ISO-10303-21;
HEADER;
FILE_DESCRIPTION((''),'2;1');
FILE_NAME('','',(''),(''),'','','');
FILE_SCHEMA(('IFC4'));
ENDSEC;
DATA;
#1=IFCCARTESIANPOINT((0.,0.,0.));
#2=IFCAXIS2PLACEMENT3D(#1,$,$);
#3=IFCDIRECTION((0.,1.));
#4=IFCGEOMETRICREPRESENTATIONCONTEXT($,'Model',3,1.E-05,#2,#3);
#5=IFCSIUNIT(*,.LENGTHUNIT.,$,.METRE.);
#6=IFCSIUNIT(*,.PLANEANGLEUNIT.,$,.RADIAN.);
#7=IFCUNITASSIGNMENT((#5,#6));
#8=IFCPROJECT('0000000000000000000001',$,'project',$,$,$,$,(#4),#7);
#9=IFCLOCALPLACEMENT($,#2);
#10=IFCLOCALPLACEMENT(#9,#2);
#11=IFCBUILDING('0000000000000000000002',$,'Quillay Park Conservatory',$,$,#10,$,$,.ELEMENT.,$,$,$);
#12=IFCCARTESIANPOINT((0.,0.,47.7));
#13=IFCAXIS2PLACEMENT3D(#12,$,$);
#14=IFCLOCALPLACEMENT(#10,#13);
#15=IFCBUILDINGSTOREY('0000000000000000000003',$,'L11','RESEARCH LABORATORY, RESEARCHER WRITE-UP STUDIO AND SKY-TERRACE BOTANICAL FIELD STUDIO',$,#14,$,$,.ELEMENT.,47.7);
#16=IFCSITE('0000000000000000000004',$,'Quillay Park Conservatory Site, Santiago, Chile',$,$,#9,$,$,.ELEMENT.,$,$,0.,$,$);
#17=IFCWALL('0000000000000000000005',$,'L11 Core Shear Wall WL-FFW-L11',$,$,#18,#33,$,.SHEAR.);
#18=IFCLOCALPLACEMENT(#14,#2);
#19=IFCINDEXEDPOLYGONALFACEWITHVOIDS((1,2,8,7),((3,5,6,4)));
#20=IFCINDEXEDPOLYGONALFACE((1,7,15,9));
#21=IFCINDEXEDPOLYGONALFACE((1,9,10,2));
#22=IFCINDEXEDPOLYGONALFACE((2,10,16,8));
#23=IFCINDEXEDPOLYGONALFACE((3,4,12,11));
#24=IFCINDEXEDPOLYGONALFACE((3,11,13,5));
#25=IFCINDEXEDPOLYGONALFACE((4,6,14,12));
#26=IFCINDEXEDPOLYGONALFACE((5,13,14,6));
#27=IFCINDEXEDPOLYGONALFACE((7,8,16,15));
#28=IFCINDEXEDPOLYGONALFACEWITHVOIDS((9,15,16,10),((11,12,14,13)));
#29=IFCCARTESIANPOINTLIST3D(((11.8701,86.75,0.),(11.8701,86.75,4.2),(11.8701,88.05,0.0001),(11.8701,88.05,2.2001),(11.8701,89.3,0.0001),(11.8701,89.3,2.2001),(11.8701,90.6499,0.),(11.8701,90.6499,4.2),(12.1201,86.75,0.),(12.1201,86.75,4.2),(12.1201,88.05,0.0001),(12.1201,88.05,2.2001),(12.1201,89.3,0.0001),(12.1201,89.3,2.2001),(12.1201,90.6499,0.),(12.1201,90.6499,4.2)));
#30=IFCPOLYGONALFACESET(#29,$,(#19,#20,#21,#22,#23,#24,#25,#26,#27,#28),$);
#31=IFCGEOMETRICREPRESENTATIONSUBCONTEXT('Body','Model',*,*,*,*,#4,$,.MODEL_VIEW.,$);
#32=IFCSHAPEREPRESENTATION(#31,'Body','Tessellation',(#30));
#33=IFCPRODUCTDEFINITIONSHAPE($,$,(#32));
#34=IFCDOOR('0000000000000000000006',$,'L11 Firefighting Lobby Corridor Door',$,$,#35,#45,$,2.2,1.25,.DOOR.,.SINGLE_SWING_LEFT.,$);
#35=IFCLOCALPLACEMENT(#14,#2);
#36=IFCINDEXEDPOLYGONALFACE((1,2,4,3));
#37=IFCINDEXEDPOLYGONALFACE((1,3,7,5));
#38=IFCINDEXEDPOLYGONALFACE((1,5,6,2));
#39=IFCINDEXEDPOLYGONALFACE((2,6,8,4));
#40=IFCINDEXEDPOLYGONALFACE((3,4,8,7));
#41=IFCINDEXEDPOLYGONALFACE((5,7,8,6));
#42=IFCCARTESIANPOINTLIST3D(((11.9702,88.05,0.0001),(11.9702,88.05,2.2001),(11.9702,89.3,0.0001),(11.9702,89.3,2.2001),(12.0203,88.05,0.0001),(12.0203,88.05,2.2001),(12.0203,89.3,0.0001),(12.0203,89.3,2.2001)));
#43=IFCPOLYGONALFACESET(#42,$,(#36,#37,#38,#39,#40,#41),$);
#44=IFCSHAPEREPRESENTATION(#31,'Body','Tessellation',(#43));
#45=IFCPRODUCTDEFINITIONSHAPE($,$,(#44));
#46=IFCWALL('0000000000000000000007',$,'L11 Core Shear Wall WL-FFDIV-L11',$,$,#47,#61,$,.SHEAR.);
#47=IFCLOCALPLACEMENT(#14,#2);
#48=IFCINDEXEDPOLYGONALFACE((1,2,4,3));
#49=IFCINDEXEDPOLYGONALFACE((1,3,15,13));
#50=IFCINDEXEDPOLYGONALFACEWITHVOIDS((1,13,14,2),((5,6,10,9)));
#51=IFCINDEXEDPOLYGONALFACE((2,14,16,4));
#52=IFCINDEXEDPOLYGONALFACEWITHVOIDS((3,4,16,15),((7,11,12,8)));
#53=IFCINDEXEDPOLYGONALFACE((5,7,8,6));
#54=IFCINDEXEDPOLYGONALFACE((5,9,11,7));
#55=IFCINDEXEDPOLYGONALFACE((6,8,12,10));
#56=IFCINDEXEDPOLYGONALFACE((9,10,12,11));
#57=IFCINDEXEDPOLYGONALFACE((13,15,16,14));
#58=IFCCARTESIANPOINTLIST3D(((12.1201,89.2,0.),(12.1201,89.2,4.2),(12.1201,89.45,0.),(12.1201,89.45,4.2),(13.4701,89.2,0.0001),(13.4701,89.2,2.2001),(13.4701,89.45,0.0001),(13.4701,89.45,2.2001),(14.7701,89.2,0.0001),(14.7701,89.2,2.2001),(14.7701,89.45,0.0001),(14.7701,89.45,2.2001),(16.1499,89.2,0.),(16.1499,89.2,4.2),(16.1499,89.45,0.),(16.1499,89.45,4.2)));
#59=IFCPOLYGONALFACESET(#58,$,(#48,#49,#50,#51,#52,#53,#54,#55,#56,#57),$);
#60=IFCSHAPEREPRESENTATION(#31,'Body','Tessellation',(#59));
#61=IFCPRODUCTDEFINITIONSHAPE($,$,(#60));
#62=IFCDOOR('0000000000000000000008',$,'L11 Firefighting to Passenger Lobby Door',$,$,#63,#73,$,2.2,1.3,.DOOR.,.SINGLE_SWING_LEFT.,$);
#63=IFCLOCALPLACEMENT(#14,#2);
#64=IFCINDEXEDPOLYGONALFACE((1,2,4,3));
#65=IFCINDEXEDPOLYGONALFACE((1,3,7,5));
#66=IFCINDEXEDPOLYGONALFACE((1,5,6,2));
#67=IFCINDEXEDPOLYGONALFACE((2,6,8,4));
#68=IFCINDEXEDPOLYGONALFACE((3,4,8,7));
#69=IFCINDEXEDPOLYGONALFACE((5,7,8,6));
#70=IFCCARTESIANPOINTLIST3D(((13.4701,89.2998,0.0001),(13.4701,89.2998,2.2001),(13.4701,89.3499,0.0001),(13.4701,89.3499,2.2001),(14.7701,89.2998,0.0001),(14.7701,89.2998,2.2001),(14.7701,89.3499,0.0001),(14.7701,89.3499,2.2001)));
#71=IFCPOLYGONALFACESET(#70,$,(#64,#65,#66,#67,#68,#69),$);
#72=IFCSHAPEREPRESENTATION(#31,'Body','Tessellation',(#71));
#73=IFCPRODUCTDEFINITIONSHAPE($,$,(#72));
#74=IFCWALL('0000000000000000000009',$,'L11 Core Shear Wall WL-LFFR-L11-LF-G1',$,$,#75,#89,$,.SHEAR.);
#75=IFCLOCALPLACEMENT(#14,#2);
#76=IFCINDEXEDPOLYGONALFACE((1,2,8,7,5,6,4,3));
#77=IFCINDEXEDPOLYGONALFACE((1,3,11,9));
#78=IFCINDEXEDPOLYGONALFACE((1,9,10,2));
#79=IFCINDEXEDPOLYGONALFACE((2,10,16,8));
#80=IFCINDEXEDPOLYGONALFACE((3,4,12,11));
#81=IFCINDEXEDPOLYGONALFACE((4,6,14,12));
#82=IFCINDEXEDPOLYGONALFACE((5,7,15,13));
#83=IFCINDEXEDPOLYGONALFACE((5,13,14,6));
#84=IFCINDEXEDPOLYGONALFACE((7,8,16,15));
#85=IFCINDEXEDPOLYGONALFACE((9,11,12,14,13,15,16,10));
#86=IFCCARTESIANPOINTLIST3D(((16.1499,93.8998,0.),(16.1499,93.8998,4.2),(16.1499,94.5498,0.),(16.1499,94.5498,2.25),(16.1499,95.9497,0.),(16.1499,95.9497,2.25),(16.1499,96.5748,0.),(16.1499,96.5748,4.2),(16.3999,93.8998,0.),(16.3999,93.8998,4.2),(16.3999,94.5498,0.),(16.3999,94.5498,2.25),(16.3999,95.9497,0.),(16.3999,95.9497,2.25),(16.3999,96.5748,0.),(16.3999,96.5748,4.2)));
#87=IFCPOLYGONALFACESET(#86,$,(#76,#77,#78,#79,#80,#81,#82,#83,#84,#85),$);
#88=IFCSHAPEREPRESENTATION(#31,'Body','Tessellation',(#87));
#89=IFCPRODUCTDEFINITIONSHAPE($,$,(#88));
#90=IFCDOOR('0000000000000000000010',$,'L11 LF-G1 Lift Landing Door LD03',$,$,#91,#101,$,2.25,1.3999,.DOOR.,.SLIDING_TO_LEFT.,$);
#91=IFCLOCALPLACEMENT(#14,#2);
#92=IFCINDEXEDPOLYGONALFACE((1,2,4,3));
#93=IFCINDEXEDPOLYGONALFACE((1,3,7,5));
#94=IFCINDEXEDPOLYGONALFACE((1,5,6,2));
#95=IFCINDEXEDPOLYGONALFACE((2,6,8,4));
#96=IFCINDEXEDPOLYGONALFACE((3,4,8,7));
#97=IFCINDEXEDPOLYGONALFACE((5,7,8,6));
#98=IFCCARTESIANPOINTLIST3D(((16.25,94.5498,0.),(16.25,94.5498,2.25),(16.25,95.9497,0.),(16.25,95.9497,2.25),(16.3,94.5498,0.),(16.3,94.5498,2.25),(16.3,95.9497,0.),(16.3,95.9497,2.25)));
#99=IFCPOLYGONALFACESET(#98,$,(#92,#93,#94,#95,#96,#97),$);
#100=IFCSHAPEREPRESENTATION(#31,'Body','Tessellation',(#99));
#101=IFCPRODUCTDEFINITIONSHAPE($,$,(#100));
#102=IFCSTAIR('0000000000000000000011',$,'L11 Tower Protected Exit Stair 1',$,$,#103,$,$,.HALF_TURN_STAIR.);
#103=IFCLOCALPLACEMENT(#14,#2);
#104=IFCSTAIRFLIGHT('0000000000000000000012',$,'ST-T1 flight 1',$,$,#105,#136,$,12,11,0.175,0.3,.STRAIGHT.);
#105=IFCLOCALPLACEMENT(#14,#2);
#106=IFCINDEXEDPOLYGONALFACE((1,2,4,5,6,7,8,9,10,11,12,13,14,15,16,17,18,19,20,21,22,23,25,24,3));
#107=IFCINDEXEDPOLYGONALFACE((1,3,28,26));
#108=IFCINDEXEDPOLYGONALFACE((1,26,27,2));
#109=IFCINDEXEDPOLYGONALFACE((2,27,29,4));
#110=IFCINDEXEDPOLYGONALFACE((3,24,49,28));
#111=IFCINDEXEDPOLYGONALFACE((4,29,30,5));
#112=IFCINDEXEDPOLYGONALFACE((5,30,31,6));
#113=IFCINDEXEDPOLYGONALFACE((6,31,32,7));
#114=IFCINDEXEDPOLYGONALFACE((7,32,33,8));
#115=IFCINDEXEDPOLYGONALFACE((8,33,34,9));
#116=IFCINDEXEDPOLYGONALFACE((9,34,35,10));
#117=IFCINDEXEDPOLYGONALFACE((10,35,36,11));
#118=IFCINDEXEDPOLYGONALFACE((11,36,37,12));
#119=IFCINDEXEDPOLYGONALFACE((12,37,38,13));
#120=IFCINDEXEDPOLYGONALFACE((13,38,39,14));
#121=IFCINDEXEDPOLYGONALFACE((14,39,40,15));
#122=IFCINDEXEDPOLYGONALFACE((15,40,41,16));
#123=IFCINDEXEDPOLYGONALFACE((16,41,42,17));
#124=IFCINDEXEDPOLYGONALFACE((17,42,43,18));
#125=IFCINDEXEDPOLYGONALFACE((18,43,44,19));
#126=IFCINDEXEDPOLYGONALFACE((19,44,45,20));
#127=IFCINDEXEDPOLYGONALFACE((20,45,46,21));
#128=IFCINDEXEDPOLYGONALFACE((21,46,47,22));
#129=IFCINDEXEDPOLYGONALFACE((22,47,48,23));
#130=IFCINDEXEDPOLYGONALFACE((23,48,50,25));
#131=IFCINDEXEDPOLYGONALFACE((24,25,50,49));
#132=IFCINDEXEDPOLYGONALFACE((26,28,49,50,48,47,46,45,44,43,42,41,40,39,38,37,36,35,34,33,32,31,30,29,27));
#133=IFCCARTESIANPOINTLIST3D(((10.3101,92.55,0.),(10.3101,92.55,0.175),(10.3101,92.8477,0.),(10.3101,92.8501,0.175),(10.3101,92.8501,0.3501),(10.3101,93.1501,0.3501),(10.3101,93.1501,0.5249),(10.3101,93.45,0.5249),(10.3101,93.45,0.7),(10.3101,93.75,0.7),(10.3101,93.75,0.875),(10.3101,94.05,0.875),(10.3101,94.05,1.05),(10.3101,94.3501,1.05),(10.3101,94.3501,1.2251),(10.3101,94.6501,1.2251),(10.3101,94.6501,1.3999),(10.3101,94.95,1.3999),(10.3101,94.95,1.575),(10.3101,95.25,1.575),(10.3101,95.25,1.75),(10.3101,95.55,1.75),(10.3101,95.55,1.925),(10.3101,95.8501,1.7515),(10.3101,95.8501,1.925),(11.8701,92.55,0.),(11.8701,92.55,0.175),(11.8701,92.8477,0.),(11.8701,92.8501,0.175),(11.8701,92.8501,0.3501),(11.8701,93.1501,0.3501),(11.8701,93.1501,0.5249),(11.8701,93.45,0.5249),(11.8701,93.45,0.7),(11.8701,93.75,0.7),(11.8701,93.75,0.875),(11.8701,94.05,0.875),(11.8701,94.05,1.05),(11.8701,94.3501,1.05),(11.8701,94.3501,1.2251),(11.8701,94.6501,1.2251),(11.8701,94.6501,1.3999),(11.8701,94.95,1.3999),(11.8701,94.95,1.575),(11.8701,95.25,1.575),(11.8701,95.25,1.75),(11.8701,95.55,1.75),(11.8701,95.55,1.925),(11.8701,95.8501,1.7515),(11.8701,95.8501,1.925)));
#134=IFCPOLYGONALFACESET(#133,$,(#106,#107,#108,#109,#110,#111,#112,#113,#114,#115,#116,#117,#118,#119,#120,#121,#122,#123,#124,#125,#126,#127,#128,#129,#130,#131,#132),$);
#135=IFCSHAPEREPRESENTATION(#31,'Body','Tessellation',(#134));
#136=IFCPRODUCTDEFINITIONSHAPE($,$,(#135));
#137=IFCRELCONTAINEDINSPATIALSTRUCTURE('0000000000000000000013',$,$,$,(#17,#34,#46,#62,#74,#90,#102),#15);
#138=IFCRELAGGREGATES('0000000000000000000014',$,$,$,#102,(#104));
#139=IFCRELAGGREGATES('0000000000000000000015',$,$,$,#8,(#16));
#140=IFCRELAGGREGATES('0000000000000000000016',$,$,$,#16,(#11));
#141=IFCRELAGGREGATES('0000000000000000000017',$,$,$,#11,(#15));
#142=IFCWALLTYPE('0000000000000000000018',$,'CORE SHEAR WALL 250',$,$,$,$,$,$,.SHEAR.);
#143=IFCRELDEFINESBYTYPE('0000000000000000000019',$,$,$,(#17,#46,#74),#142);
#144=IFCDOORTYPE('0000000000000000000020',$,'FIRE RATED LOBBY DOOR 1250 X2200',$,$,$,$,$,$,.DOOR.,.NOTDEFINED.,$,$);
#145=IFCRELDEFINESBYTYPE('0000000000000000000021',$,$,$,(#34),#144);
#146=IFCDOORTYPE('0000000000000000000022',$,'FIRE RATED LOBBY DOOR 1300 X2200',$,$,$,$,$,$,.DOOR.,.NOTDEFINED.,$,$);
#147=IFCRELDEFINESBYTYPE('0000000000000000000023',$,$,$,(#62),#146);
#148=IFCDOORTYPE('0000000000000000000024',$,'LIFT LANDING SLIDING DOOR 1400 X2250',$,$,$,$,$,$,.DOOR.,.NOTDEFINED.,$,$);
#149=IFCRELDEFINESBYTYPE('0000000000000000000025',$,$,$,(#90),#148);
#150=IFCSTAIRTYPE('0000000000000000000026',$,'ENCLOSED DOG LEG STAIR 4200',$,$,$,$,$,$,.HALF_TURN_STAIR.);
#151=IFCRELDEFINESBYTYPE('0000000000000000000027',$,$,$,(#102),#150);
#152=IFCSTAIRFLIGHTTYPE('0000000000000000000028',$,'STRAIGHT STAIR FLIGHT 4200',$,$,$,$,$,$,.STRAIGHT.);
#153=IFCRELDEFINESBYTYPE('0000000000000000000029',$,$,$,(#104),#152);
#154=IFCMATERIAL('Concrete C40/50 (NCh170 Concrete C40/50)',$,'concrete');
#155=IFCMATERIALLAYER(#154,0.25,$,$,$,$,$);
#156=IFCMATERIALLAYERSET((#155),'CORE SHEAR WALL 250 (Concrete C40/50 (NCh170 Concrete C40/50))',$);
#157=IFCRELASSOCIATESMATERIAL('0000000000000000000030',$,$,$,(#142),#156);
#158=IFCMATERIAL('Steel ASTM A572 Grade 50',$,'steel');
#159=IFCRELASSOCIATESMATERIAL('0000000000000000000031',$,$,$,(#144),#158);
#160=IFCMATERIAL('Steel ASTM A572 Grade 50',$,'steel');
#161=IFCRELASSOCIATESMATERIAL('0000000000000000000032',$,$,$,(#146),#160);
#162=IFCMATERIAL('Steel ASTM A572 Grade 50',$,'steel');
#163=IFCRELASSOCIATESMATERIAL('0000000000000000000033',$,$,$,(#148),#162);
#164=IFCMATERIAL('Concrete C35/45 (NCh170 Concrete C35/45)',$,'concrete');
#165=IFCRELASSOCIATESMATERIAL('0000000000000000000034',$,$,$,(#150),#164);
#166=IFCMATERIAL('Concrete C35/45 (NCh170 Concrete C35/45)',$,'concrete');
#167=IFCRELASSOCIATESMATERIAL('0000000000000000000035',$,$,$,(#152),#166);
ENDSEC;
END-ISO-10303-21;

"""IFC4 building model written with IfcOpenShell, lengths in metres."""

from ifc_helpers import new_model, si_unit, direction, frame, frame_2d, origin, place, context, subcontext, project, spatial, polyline, rectangle, outline, extrude, material, layer, layer_set, type_object, element, fill, aggregate, save


model = new_model("IFC4")

# Units and contexts
model_context = context("Model", 3, precision=1e-05, world=origin(), true_north=direction((0.0, 1.0)))
body_context = subcontext(model_context, "Body", "Model", "MODEL_VIEW")
ifc_project = project(units=[si_unit("LENGTHUNIT", "METRE"), si_unit("PLANEANGLEUNIT", "RADIAN")], contexts=[model_context])

# Site, building, storey
site_placement = place(None, origin())
site = spatial("IfcSite", under=ifc_project, at=site_placement, Name="Quillay Park Conservatory Site, Santiago, Chile", CompositionType="ELEMENT", RefElevation=0.0)
building_placement = place(site_placement, origin())
building = spatial("IfcBuilding", under=site, at=building_placement, Name="Quillay Park Conservatory", CompositionType="ELEMENT")
storey_placement = place(building_placement, frame((0.0, 0.0, 47.7)))
storey = spatial("IfcBuildingStorey", under=building, at=storey_placement, Name="L11", Description="RESEARCH LABORATORY, RESEARCHER WRITE-UP STUDIO AND SKY-TERRACE BOTANICAL FIELD STUDIO", CompositionType="ELEMENT", Elevation=47.7)

# Shared definitions
ifc_material_1 = material(Name="Concrete C40/50 (NCh170 Concrete C40/50)", Category="concrete")
ifc_layer_1 = layer(ifc_material_1, 0.25)
ifc_layer_set_1 = layer_set([ifc_layer_1], Name="CORE SHEAR WALL 250 (Concrete C40/50 (NCh170 Concrete C40/50))")
wall_type_1 = type_object("IfcWallType", Name="CORE SHEAR WALL 250", PredefinedType="SHEAR", material=ifc_layer_set_1)

# Walls, openings, doors
wall_1_placement = place(storey_placement, frame((11.9951, 86.75, 0.0), z_axis=(0.0, 0.0, 1.0), x_axis=(0.0, 1.0, 0.0)))
wall_1 = element("IfcWall", 1, at=wall_1_placement, inside=storey, type_object=wall_type_1, Name="L11 Core Shear Wall WL-FFW-L11", PredefinedType="SHEAR", context=body_context, shape_type="SweptSolid", body=[
    extrude(rectangle(XDim=3.8999, YDim=0.25, at=frame_2d((1.95, 0.0))), origin(), (0.0, 0.0, 1.0), 4.2),
])
opening_1_placement = place(wall_1_placement, frame((1.3, 0.0, 0.0)))
opening_1 = element("IfcOpeningElement", 2, at=opening_1_placement, cuts=wall_1, PredefinedType="OPENING", context=body_context, shape_type="SweptSolid", body=[
    extrude(rectangle(XDim=1.25, YDim=2.2, at=frame_2d((0.625, 1.1001))), frame((0.0, 0.125, 0.0), z_axis=(0.0, -1.0, 0.0), x_axis=(1.0, 0.0, 0.0)), (0.0, 0.0, 1.0), 0.25),
])
ifc_material_2 = material(Name="Steel ASTM A572 Grade 50", Category="steel")
door_type_1 = type_object("IfcDoorType", Name="FIRE RATED LOBBY DOOR 1250 X2200", OperationType="NOTDEFINED", PredefinedType="DOOR", material=ifc_material_2)
door_1_placement = place(opening_1_placement, origin())
door_1 = element("IfcDoor", 3, at=door_1_placement, inside=storey, type_object=door_type_1, Name="L11 Firefighting Lobby Corridor Door", OperationType="SINGLE_SWING_LEFT", OverallHeight=2.2, OverallWidth=1.25, PredefinedType="DOOR", context=body_context, shape_type="SweptSolid", body=[
    extrude(rectangle(XDim=1.25, YDim=2.2, at=frame_2d((0.625, 1.1001))), frame((0.0, 0.0249, 0.0), z_axis=(0.0, -1.0, 0.0), x_axis=(1.0, 0.0, 0.0)), (0.0, 0.0, 1.0), 0.05),
])
fill(opening_1, door_1)
wall_2_placement = place(storey_placement, frame((12.1201, 89.325, 0.0), z_axis=(0.0, 0.0, 1.0), x_axis=(1.0, 0.0, 0.0)))
wall_2 = element("IfcWall", 4, at=wall_2_placement, inside=storey, type_object=wall_type_1, Name="L11 Core Shear Wall WL-FFDIV-L11", PredefinedType="SHEAR", context=body_context, shape_type="SweptSolid", body=[
    extrude(rectangle(XDim=4.0298, YDim=0.25, at=frame_2d((2.0149, 0.0))), origin(), (0.0, 0.0, 1.0), 4.2),
])
opening_2_placement = place(wall_2_placement, frame((1.3501, 0.0, 0.0)))
opening_2 = element("IfcOpeningElement", 5, at=opening_2_placement, cuts=wall_2, PredefinedType="OPENING", context=body_context, shape_type="SweptSolid", body=[
    extrude(rectangle(XDim=1.3, YDim=2.2, at=frame_2d((0.6499, 1.1001))), frame((0.0, 0.125, 0.0), z_axis=(0.0, -1.0, 0.0), x_axis=(1.0, 0.0, 0.0)), (0.0, 0.0, 1.0), 0.25),
])
ifc_material_3 = material(Name="Steel ASTM A572 Grade 50", Category="steel")
door_type_2 = type_object("IfcDoorType", Name="FIRE RATED LOBBY DOOR 1300 X2200", OperationType="NOTDEFINED", PredefinedType="DOOR", material=ifc_material_3)
door_2_placement = place(opening_2_placement, origin())
door_2 = element("IfcDoor", 6, at=door_2_placement, inside=storey, type_object=door_type_2, Name="L11 Firefighting to Passenger Lobby Door", OperationType="SINGLE_SWING_LEFT", OverallHeight=2.2, OverallWidth=1.3, PredefinedType="DOOR", context=body_context, shape_type="SweptSolid", body=[
    extrude(rectangle(XDim=1.3, YDim=2.2, at=frame_2d((0.6499, 1.1001))), frame((0.0, 0.0249, 0.0), z_axis=(0.0, -1.0, 0.0), x_axis=(1.0, 0.0, 0.0)), (0.0, 0.0, 1.0), 0.05),
])
fill(opening_2, door_2)
wall_3_placement = place(storey_placement, frame((16.2749, 93.8999, 0.0), z_axis=(0.0, 0.0, 1.0), x_axis=(0.0, 1.0, 0.0)))
wall_3 = element("IfcWall", 7, at=wall_3_placement, inside=storey, type_object=wall_type_1, Name="L11 Core Shear Wall WL-LFFR-L11-LF-G1", PredefinedType="SHEAR", context=body_context, shape_type="SweptSolid", body=[
    extrude(rectangle(XDim=2.675, YDim=0.25, at=frame_2d((1.3374, 0.0))), origin(), (0.0, 0.0, 1.0), 4.2),
])
opening_3_placement = place(wall_3_placement, frame((0.6499, 0.0, 0.0)))
opening_3 = element("IfcOpeningElement", 8, at=opening_3_placement, cuts=wall_3, PredefinedType="OPENING", context=body_context, shape_type="SweptSolid", body=[
    extrude(rectangle(XDim=1.3999, YDim=2.25, at=frame_2d((0.7, 1.125))), frame((0.0, 0.125, 0.0), z_axis=(0.0, -1.0, 0.0), x_axis=(1.0, 0.0, 0.0)), (0.0, 0.0, 1.0), 0.25),
])
ifc_material_4 = material(Name="Steel ASTM A572 Grade 50", Category="steel")
door_type_3 = type_object("IfcDoorType", Name="LIFT LANDING SLIDING DOOR 1400 X2250", OperationType="NOTDEFINED", PredefinedType="DOOR", material=ifc_material_4)
door_3_placement = place(opening_3_placement, origin())
door_3 = element("IfcDoor", 9, at=door_3_placement, inside=storey, type_object=door_type_3, Name="L11 LF-G1 Lift Landing Door LD03", OperationType="SLIDING_TO_LEFT", OverallHeight=2.25, OverallWidth=1.3999, PredefinedType="DOOR", context=body_context, shape_type="SweptSolid", body=[
    extrude(rectangle(XDim=1.3999, YDim=2.25, at=frame_2d((0.7, 1.125))), frame((0.0, 0.0249, 0.0), z_axis=(0.0, -1.0, 0.0), x_axis=(1.0, 0.0, 0.0)), (0.0, 0.0, 1.0), 0.05),
])
fill(opening_3, door_3)

# Stair, stair flight
ifc_material_5 = material(Name="Concrete C35/45 (NCh170 Concrete C35/45)", Category="concrete")
stair_type = type_object("IfcStairType", Name="ENCLOSED DOG LEG STAIR 4200", PredefinedType="HALF_TURN_STAIR", material=ifc_material_5)
stair_placement = place(storey_placement, origin())
stair = element("IfcStair", 10, at=stair_placement, inside=storey, type_object=stair_type, Name="L11 Tower Protected Exit Stair 1", PredefinedType="HALF_TURN_STAIR")
ifc_material_6 = material(Name="Concrete C35/45 (NCh170 Concrete C35/45)", Category="concrete")
stair_flight_type = type_object("IfcStairFlightType", Name="STRAIGHT STAIR FLIGHT 4200", PredefinedType="STRAIGHT", material=ifc_material_6)
stair_flight_placement = place(storey_placement, frame((11.0901, 92.55, 0.0), z_axis=(0.0, 0.0, 1.0), x_axis=(0.0, 1.0, 0.0)))
stair_flight = element("IfcStairFlight", 11, at=stair_flight_placement, type_object=stair_flight_type, Name="ST-T1 flight 1", NumberOfRisers=12, NumberOfTreads=11, PredefinedType="STRAIGHT", RiserHeight=0.175, TreadLength=0.3, context=body_context, shape_type="SweptSolid", body=[
    extrude(outline(polyline([(0.0, 0.0), (0.0, 0.175), (0.3, 0.175), (0.3, 0.3501), (0.6001, 0.3501), (0.6001, 0.5249), (0.8999, 0.5249), (0.8999, 0.7), (1.2, 0.7), (1.2, 0.875), (1.5, 0.875), (1.5, 1.05), (1.8, 1.05), (1.8, 1.2251), (2.1001, 1.2251), (2.1001, 1.3999), (2.3999, 1.3999), (2.3999, 1.575), (2.7, 1.575), (2.7, 1.75), (3.0, 1.75), (3.0, 1.925), (3.3, 1.925), (3.3, 2.1001), (3.3, 1.7515), (0.2976, 0.0), (0.0, 0.0)])), frame((0.0, 0.78, 0.0), z_axis=(0.0, -1.0, 0.0), x_axis=(1.0, 0.0, 0.0)), (0.0, 0.0, 1.0), 1.5601),
])
aggregate(stair, [stair_flight])

save(model, "model.ifc")
